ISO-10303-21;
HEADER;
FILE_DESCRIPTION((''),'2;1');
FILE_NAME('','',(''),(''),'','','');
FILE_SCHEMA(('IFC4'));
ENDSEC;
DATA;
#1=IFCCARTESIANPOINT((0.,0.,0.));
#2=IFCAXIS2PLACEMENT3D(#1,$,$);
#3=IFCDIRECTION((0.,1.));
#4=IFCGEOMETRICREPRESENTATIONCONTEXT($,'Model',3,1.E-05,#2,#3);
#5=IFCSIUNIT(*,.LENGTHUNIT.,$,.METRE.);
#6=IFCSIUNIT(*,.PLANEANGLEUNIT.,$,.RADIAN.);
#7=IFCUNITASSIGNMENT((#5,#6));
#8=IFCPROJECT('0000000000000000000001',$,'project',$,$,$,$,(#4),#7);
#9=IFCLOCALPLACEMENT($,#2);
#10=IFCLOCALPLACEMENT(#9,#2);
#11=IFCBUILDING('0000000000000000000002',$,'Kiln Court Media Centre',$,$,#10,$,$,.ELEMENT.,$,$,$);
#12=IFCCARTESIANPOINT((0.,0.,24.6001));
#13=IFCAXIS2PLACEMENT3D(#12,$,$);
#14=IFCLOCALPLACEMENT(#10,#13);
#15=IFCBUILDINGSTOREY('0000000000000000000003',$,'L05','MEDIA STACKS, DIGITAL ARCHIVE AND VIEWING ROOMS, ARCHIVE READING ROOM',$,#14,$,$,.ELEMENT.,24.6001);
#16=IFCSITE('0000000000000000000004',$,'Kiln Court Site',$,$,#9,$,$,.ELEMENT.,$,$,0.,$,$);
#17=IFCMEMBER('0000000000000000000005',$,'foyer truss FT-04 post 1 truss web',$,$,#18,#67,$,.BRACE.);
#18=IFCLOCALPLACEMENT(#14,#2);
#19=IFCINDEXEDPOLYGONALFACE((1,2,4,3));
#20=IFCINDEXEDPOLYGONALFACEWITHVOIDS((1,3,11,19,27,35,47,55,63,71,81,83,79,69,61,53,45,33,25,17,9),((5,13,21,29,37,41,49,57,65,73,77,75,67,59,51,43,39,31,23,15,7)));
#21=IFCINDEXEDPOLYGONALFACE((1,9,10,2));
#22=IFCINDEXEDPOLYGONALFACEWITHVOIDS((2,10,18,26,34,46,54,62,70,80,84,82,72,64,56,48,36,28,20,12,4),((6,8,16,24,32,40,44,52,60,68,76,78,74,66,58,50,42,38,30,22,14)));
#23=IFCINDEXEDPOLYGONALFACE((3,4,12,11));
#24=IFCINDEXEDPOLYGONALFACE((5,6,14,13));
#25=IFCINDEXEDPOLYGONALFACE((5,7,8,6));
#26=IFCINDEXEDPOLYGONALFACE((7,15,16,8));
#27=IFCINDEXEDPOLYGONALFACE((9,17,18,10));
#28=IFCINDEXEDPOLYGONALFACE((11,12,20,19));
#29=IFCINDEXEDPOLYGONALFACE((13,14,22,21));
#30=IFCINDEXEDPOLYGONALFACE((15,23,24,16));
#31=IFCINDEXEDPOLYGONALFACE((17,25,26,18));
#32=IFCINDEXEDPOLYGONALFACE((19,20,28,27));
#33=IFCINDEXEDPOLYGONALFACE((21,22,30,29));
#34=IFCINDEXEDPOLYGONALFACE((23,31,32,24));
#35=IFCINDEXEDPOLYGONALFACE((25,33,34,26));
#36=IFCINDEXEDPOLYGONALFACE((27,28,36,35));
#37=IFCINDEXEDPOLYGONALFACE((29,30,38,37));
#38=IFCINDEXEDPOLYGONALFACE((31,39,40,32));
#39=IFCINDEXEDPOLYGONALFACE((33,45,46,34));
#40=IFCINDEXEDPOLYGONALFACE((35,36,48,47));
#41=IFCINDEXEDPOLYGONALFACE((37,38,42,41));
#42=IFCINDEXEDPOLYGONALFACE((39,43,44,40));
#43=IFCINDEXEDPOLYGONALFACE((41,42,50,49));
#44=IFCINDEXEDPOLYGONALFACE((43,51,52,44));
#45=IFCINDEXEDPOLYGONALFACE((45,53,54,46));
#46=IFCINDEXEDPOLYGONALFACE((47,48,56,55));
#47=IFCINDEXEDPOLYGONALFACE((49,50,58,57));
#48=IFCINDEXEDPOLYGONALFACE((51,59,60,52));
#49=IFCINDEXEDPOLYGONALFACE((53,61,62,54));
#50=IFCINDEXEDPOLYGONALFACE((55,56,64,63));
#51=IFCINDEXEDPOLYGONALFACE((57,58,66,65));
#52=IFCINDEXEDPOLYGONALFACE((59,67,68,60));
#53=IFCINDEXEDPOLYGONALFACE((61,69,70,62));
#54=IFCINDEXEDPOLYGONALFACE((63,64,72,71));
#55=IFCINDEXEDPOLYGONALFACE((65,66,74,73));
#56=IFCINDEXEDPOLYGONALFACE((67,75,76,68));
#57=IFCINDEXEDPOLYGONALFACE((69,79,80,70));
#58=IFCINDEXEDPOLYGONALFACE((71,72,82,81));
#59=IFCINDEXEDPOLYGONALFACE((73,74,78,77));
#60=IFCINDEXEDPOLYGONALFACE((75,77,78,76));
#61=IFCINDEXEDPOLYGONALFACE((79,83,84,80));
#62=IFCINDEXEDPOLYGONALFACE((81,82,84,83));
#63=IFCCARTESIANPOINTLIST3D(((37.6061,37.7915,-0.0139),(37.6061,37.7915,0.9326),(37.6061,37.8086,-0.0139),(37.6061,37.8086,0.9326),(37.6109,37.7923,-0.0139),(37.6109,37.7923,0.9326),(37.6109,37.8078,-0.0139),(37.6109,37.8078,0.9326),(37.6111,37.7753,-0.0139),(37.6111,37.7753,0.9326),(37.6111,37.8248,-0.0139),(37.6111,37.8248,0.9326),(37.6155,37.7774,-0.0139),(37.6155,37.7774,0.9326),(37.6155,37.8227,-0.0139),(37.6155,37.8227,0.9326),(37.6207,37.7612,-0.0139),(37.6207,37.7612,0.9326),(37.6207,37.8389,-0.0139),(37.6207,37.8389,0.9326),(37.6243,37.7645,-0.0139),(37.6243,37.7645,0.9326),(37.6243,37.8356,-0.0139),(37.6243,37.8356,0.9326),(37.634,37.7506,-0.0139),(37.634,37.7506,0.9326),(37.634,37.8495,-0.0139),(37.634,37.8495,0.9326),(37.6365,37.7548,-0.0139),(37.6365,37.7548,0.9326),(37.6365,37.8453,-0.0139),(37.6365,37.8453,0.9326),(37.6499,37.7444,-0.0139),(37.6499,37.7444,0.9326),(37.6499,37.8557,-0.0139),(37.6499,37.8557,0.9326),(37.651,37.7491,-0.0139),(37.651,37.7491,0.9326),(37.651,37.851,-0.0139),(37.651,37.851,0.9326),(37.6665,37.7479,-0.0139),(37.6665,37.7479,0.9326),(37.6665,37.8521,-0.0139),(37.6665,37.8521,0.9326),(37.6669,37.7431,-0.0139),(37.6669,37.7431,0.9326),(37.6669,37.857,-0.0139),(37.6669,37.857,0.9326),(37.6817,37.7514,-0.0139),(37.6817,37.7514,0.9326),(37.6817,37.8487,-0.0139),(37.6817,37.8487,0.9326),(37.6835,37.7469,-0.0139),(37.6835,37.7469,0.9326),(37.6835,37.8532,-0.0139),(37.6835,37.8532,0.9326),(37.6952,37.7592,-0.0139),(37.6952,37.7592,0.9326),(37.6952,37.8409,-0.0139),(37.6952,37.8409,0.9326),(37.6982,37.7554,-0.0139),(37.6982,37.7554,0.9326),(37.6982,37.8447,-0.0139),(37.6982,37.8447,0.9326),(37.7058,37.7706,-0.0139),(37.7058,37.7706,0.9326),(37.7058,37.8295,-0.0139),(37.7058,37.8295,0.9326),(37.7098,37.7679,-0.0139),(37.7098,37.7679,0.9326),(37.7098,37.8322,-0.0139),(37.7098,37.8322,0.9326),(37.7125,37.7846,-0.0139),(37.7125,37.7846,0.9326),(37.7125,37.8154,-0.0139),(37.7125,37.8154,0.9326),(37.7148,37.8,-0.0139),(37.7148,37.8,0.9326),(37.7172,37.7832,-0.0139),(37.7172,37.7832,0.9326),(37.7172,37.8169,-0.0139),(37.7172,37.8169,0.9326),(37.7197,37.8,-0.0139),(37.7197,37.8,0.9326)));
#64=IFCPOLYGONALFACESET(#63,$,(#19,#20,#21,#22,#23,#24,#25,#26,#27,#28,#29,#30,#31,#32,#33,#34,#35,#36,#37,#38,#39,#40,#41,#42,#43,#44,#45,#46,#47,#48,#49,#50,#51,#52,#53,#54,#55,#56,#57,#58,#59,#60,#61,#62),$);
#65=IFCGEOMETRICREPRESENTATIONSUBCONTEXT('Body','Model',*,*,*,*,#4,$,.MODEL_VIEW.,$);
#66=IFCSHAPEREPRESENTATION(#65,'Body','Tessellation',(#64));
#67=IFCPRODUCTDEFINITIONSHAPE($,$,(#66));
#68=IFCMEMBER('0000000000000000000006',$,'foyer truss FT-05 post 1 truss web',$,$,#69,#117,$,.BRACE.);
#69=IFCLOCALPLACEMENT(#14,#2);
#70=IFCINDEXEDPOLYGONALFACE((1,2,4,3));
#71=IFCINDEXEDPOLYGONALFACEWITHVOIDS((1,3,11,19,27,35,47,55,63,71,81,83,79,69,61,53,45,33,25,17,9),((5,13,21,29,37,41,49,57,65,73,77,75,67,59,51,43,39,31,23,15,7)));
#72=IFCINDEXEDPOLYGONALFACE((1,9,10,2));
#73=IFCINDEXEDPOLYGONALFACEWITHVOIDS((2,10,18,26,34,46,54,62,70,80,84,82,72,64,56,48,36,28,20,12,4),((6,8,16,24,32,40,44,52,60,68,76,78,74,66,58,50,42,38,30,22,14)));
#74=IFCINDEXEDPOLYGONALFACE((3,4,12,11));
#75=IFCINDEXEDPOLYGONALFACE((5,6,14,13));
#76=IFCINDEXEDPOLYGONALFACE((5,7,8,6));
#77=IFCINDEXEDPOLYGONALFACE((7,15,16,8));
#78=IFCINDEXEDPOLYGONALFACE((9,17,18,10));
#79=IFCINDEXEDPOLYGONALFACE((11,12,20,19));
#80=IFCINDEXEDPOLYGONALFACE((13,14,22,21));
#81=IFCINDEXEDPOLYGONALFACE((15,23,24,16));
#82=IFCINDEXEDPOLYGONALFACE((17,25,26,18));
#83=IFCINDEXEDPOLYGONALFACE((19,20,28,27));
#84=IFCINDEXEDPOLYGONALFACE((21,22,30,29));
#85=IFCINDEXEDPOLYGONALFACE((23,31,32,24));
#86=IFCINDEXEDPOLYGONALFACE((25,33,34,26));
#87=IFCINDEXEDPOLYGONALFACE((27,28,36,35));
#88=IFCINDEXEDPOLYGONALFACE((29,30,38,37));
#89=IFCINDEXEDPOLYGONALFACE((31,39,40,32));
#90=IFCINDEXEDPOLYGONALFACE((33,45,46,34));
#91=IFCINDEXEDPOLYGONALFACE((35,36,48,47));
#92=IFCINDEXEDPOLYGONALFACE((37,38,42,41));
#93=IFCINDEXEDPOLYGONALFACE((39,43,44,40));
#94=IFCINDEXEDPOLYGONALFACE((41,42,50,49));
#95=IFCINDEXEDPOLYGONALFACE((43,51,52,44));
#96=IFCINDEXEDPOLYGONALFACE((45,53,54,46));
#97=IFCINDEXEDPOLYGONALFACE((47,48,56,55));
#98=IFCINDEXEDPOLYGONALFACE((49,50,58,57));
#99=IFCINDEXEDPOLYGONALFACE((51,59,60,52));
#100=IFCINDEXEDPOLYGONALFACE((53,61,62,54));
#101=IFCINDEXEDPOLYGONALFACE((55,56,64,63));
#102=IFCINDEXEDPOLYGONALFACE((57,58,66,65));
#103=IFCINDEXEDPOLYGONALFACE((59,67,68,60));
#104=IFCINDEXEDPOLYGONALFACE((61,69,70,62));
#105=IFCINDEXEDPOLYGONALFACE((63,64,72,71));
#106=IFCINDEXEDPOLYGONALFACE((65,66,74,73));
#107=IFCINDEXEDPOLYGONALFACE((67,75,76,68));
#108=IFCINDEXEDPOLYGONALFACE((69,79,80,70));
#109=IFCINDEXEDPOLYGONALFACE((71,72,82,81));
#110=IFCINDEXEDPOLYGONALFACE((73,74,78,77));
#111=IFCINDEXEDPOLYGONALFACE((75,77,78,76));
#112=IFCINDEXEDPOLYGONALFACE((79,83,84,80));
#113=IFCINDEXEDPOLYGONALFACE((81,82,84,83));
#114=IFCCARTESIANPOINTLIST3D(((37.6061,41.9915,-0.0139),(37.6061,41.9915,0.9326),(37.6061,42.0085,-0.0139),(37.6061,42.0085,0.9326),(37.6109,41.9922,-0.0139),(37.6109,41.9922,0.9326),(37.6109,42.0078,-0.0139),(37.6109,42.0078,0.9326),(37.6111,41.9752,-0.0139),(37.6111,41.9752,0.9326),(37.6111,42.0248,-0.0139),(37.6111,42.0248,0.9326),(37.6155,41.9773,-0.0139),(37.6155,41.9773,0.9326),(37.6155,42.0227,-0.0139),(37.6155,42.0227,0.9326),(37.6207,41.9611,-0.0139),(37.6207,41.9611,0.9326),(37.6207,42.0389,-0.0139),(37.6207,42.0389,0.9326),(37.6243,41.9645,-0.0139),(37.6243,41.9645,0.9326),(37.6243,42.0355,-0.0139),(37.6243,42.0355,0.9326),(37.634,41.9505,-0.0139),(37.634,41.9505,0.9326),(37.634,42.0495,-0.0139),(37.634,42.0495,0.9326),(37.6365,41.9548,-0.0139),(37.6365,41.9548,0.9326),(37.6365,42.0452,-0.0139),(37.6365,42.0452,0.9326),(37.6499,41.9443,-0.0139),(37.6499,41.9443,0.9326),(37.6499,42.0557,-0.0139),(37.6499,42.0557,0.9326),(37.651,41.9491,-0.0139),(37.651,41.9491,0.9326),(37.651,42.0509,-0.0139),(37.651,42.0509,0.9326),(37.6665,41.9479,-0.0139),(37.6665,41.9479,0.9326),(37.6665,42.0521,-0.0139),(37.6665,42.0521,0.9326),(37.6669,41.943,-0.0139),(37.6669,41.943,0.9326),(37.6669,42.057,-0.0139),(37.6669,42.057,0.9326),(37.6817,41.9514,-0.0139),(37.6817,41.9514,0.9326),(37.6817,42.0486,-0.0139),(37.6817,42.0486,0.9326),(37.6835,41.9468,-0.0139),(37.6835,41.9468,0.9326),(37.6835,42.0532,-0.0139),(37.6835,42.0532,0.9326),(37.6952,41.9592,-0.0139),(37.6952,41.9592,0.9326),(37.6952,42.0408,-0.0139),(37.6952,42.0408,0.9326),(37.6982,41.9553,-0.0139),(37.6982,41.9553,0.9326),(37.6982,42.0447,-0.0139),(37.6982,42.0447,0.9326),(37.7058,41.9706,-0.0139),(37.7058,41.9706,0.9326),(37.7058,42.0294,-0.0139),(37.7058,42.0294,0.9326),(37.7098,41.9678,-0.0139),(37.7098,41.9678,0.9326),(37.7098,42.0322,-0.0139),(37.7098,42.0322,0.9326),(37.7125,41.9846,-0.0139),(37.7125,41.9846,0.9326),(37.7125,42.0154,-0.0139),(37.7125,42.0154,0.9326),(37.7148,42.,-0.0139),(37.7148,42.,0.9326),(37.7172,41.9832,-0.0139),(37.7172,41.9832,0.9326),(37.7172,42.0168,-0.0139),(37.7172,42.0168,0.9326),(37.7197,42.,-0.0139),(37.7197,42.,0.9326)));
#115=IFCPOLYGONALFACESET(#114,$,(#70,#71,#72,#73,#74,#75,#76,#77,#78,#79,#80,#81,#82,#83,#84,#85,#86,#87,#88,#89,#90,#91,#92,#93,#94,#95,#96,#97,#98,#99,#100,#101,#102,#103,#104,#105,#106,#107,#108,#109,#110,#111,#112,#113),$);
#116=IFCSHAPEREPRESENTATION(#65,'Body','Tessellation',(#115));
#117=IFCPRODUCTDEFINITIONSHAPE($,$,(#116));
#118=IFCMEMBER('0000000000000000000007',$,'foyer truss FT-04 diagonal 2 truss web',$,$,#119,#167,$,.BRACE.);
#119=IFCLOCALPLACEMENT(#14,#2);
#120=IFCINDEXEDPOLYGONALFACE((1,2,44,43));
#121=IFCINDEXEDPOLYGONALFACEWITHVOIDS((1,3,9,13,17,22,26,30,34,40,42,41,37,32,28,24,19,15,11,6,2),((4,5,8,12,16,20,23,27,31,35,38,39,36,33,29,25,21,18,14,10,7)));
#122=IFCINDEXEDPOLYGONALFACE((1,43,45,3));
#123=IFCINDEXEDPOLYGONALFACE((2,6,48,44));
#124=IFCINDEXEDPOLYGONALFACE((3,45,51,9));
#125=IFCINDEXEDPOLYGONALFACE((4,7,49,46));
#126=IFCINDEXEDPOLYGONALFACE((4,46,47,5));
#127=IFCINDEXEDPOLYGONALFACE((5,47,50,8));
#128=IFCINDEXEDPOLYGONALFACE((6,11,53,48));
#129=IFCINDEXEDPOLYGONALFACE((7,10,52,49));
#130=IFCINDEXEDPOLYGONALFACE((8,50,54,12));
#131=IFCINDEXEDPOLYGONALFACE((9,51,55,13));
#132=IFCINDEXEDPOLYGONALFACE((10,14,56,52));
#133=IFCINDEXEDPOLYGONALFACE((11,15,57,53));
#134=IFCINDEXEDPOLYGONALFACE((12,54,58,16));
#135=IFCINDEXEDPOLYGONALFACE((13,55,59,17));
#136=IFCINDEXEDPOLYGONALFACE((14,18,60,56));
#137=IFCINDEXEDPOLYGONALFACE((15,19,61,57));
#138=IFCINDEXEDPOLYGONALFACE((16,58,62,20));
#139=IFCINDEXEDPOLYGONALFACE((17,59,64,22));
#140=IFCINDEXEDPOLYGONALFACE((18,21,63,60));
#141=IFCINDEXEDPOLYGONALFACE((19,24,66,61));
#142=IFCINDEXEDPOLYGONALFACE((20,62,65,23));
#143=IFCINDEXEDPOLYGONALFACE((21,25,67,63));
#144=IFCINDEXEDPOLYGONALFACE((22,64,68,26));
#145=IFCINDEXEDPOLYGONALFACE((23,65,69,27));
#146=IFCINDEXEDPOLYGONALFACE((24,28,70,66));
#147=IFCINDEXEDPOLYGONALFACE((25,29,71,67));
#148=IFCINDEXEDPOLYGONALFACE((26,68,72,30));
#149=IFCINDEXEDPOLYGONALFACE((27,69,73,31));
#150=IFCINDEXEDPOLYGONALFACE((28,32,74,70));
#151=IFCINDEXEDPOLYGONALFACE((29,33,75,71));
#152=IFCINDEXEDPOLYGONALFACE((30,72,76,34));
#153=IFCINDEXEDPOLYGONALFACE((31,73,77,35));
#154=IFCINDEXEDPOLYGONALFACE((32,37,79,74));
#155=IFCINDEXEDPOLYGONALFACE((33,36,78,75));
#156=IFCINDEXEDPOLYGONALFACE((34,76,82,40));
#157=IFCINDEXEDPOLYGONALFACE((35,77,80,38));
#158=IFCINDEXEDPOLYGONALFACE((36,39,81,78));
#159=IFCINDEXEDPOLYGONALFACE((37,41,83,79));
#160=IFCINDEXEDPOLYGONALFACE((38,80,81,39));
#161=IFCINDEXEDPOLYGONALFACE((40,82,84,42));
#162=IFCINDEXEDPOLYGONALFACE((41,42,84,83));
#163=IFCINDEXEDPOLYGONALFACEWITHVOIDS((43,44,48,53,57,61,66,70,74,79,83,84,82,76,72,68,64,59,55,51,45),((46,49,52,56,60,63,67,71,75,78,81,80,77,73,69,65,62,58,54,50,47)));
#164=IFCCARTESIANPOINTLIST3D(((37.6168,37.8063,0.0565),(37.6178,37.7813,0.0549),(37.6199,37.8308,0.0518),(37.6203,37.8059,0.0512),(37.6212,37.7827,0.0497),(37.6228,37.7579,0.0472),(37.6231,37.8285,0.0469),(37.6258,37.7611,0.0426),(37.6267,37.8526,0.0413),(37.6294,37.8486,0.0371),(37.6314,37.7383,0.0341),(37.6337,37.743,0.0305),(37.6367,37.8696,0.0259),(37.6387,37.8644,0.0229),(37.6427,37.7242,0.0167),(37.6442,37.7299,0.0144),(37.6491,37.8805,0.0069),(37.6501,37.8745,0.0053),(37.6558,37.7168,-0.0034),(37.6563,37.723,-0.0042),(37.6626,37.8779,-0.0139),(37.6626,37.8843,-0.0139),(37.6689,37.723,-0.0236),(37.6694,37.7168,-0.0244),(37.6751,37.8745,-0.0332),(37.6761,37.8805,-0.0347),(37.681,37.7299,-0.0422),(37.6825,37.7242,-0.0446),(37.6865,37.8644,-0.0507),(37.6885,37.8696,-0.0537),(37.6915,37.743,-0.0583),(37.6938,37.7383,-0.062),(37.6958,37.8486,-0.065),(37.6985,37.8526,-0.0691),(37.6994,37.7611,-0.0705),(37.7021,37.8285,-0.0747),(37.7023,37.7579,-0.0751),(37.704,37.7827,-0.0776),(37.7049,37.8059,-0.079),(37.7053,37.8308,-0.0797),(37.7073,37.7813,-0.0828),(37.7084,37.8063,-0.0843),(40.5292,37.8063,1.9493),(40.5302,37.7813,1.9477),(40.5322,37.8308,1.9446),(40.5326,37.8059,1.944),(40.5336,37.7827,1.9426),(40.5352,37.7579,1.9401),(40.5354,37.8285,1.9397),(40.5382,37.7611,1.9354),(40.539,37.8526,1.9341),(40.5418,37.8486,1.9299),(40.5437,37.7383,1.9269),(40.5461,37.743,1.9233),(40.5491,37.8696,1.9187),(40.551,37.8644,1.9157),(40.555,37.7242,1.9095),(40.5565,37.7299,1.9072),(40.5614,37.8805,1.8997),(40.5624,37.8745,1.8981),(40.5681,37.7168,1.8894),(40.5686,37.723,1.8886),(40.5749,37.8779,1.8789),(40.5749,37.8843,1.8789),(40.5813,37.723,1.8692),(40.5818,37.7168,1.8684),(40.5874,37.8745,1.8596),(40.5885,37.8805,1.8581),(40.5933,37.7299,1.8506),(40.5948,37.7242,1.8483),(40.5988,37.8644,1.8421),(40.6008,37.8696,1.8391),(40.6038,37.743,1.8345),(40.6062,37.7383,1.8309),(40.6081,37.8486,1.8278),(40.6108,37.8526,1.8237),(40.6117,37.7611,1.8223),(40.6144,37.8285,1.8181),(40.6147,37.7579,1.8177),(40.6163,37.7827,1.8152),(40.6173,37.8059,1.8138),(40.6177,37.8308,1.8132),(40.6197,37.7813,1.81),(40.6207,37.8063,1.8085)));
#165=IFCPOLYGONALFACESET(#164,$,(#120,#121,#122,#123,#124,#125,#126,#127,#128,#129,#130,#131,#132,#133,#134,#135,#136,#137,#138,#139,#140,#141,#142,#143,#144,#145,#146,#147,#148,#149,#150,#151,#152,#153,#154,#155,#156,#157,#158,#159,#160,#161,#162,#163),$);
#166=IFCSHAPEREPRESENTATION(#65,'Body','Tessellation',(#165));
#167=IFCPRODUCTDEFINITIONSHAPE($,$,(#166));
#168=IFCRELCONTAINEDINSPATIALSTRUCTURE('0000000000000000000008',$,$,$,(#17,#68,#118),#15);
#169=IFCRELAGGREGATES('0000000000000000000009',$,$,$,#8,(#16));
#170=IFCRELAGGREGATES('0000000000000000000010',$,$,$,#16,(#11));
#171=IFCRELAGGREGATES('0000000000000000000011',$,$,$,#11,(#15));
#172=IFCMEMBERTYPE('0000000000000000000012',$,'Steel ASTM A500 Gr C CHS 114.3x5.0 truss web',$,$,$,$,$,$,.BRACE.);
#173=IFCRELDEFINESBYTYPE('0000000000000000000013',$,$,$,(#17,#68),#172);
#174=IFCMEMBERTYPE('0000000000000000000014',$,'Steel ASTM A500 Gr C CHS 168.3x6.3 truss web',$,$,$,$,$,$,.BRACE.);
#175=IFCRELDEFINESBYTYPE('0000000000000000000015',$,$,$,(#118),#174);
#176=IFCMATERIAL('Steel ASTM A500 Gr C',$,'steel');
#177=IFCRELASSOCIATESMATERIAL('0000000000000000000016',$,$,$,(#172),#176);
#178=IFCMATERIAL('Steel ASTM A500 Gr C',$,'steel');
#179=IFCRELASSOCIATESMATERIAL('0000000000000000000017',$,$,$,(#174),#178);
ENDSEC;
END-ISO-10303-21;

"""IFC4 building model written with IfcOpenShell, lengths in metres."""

from ifc_helpers import new_model, si_unit, direction, frame, origin, origin_2d, place, context, subcontext, project, spatial, hollow_circle, extrude, material, material_profile, profile_set, type_object, element, save


model = new_model("IFC4")

# Units and contexts
model_context = context("Model", 3, precision=1e-05, world=origin(), true_north=direction((0.0, 1.0)))
body_context = subcontext(model_context, "Body", "Model", "MODEL_VIEW")
ifc_project = project(units=[si_unit("LENGTHUNIT", "METRE"), si_unit("PLANEANGLEUNIT", "RADIAN")], contexts=[model_context])

# Site, building, storey
site_placement = place(None, origin())
site = spatial("IfcSite", under=ifc_project, at=site_placement, Name="Kiln Court Site", CompositionType="ELEMENT", RefElevation=0.0)
building_placement = place(site_placement, origin())
building = spatial("IfcBuilding", under=site, at=building_placement, Name="Kiln Court Media Centre", CompositionType="ELEMENT")
storey_placement = place(building_placement, frame((0.0, 0.0, 24.6001)))
storey = spatial("IfcBuildingStorey", under=building, at=storey_placement, Name="L05", Description="MEDIA STACKS, DIGITAL ARCHIVE AND VIEWING ROOMS, ARCHIVE READING ROOM", CompositionType="ELEMENT", Elevation=24.6001)

# Members
ifc_material_1 = material(Name="Steel ASTM A500 Gr C", Category="steel")
ifc_material_profile_1 = material_profile(ifc_material_1, hollow_circle(Radius=0.0571, WallThickness=0.0049, at=origin_2d()), Name="CHS 114.3x5.0")
ifc_profile_set_1 = profile_set([ifc_material_profile_1], Name="Steel ASTM A500 Gr C")
member_type_1 = type_object("IfcMemberType", Name="Steel ASTM A500 Gr C CHS 114.3x5.0 truss web", PredefinedType="BRACE", material=ifc_profile_set_1)
for number, where, z_axis, x_axis, name in (
    (1, (37.6626, 37.8, -0.0139), (0.0, 0.0, 1.0), (1.0, 0.0, 0.0), "foyer truss FT-04 post 1 truss web"),
    (2, (37.6626, 42.0, -0.0139), (0.0, 0.0, 1.0), (1.0, 0.0, 0.0), "foyer truss FT-05 post 1 truss web"),
):
    element("IfcMember", number, at=place(storey_placement, frame(where, z_axis=z_axis, x_axis=x_axis)), inside=storey, type_object=member_type_1, Name=name, PredefinedType="BRACE", context=body_context, shape_type="SweptSolid", body=[
        extrude(hollow_circle(Radius=0.0571, WallThickness=0.0049, at=origin_2d()), origin(), (0.0, 0.0, 1.0), 0.9465),
    ])
ifc_material_2 = material(Name="Steel ASTM A500 Gr C", Category="steel")
ifc_material_profile_2 = material_profile(ifc_material_2, hollow_circle(Radius=0.0842, WallThickness=0.0063, at=origin_2d()), Name="CHS 168.3x6.3")
ifc_profile_set_2 = profile_set([ifc_material_profile_2], Name="Steel ASTM A500 Gr C")
member_type_2 = type_object("IfcMemberType", Name="Steel ASTM A500 Gr C CHS 168.3x6.3 truss web", PredefinedType="BRACE", material=ifc_profile_set_2)
member_placement = place(storey_placement, frame((37.6626, 37.8, -0.0139), z_axis=(0.838471, 0.0, 0.544946), x_axis=(0.0, 1.0, 0.0)))
element("IfcMember", 3, at=member_placement, inside=storey, type_object=member_type_2, Name="foyer truss FT-04 diagonal 2 truss web", PredefinedType="BRACE", context=body_context, shape_type="SweptSolid", body=[
    extrude(hollow_circle(Radius=0.0842, WallThickness=0.0063, at=origin_2d()), origin(), (0.0, 0.0, 1.0), 3.4734),
])

save(model, "model.ifc")
